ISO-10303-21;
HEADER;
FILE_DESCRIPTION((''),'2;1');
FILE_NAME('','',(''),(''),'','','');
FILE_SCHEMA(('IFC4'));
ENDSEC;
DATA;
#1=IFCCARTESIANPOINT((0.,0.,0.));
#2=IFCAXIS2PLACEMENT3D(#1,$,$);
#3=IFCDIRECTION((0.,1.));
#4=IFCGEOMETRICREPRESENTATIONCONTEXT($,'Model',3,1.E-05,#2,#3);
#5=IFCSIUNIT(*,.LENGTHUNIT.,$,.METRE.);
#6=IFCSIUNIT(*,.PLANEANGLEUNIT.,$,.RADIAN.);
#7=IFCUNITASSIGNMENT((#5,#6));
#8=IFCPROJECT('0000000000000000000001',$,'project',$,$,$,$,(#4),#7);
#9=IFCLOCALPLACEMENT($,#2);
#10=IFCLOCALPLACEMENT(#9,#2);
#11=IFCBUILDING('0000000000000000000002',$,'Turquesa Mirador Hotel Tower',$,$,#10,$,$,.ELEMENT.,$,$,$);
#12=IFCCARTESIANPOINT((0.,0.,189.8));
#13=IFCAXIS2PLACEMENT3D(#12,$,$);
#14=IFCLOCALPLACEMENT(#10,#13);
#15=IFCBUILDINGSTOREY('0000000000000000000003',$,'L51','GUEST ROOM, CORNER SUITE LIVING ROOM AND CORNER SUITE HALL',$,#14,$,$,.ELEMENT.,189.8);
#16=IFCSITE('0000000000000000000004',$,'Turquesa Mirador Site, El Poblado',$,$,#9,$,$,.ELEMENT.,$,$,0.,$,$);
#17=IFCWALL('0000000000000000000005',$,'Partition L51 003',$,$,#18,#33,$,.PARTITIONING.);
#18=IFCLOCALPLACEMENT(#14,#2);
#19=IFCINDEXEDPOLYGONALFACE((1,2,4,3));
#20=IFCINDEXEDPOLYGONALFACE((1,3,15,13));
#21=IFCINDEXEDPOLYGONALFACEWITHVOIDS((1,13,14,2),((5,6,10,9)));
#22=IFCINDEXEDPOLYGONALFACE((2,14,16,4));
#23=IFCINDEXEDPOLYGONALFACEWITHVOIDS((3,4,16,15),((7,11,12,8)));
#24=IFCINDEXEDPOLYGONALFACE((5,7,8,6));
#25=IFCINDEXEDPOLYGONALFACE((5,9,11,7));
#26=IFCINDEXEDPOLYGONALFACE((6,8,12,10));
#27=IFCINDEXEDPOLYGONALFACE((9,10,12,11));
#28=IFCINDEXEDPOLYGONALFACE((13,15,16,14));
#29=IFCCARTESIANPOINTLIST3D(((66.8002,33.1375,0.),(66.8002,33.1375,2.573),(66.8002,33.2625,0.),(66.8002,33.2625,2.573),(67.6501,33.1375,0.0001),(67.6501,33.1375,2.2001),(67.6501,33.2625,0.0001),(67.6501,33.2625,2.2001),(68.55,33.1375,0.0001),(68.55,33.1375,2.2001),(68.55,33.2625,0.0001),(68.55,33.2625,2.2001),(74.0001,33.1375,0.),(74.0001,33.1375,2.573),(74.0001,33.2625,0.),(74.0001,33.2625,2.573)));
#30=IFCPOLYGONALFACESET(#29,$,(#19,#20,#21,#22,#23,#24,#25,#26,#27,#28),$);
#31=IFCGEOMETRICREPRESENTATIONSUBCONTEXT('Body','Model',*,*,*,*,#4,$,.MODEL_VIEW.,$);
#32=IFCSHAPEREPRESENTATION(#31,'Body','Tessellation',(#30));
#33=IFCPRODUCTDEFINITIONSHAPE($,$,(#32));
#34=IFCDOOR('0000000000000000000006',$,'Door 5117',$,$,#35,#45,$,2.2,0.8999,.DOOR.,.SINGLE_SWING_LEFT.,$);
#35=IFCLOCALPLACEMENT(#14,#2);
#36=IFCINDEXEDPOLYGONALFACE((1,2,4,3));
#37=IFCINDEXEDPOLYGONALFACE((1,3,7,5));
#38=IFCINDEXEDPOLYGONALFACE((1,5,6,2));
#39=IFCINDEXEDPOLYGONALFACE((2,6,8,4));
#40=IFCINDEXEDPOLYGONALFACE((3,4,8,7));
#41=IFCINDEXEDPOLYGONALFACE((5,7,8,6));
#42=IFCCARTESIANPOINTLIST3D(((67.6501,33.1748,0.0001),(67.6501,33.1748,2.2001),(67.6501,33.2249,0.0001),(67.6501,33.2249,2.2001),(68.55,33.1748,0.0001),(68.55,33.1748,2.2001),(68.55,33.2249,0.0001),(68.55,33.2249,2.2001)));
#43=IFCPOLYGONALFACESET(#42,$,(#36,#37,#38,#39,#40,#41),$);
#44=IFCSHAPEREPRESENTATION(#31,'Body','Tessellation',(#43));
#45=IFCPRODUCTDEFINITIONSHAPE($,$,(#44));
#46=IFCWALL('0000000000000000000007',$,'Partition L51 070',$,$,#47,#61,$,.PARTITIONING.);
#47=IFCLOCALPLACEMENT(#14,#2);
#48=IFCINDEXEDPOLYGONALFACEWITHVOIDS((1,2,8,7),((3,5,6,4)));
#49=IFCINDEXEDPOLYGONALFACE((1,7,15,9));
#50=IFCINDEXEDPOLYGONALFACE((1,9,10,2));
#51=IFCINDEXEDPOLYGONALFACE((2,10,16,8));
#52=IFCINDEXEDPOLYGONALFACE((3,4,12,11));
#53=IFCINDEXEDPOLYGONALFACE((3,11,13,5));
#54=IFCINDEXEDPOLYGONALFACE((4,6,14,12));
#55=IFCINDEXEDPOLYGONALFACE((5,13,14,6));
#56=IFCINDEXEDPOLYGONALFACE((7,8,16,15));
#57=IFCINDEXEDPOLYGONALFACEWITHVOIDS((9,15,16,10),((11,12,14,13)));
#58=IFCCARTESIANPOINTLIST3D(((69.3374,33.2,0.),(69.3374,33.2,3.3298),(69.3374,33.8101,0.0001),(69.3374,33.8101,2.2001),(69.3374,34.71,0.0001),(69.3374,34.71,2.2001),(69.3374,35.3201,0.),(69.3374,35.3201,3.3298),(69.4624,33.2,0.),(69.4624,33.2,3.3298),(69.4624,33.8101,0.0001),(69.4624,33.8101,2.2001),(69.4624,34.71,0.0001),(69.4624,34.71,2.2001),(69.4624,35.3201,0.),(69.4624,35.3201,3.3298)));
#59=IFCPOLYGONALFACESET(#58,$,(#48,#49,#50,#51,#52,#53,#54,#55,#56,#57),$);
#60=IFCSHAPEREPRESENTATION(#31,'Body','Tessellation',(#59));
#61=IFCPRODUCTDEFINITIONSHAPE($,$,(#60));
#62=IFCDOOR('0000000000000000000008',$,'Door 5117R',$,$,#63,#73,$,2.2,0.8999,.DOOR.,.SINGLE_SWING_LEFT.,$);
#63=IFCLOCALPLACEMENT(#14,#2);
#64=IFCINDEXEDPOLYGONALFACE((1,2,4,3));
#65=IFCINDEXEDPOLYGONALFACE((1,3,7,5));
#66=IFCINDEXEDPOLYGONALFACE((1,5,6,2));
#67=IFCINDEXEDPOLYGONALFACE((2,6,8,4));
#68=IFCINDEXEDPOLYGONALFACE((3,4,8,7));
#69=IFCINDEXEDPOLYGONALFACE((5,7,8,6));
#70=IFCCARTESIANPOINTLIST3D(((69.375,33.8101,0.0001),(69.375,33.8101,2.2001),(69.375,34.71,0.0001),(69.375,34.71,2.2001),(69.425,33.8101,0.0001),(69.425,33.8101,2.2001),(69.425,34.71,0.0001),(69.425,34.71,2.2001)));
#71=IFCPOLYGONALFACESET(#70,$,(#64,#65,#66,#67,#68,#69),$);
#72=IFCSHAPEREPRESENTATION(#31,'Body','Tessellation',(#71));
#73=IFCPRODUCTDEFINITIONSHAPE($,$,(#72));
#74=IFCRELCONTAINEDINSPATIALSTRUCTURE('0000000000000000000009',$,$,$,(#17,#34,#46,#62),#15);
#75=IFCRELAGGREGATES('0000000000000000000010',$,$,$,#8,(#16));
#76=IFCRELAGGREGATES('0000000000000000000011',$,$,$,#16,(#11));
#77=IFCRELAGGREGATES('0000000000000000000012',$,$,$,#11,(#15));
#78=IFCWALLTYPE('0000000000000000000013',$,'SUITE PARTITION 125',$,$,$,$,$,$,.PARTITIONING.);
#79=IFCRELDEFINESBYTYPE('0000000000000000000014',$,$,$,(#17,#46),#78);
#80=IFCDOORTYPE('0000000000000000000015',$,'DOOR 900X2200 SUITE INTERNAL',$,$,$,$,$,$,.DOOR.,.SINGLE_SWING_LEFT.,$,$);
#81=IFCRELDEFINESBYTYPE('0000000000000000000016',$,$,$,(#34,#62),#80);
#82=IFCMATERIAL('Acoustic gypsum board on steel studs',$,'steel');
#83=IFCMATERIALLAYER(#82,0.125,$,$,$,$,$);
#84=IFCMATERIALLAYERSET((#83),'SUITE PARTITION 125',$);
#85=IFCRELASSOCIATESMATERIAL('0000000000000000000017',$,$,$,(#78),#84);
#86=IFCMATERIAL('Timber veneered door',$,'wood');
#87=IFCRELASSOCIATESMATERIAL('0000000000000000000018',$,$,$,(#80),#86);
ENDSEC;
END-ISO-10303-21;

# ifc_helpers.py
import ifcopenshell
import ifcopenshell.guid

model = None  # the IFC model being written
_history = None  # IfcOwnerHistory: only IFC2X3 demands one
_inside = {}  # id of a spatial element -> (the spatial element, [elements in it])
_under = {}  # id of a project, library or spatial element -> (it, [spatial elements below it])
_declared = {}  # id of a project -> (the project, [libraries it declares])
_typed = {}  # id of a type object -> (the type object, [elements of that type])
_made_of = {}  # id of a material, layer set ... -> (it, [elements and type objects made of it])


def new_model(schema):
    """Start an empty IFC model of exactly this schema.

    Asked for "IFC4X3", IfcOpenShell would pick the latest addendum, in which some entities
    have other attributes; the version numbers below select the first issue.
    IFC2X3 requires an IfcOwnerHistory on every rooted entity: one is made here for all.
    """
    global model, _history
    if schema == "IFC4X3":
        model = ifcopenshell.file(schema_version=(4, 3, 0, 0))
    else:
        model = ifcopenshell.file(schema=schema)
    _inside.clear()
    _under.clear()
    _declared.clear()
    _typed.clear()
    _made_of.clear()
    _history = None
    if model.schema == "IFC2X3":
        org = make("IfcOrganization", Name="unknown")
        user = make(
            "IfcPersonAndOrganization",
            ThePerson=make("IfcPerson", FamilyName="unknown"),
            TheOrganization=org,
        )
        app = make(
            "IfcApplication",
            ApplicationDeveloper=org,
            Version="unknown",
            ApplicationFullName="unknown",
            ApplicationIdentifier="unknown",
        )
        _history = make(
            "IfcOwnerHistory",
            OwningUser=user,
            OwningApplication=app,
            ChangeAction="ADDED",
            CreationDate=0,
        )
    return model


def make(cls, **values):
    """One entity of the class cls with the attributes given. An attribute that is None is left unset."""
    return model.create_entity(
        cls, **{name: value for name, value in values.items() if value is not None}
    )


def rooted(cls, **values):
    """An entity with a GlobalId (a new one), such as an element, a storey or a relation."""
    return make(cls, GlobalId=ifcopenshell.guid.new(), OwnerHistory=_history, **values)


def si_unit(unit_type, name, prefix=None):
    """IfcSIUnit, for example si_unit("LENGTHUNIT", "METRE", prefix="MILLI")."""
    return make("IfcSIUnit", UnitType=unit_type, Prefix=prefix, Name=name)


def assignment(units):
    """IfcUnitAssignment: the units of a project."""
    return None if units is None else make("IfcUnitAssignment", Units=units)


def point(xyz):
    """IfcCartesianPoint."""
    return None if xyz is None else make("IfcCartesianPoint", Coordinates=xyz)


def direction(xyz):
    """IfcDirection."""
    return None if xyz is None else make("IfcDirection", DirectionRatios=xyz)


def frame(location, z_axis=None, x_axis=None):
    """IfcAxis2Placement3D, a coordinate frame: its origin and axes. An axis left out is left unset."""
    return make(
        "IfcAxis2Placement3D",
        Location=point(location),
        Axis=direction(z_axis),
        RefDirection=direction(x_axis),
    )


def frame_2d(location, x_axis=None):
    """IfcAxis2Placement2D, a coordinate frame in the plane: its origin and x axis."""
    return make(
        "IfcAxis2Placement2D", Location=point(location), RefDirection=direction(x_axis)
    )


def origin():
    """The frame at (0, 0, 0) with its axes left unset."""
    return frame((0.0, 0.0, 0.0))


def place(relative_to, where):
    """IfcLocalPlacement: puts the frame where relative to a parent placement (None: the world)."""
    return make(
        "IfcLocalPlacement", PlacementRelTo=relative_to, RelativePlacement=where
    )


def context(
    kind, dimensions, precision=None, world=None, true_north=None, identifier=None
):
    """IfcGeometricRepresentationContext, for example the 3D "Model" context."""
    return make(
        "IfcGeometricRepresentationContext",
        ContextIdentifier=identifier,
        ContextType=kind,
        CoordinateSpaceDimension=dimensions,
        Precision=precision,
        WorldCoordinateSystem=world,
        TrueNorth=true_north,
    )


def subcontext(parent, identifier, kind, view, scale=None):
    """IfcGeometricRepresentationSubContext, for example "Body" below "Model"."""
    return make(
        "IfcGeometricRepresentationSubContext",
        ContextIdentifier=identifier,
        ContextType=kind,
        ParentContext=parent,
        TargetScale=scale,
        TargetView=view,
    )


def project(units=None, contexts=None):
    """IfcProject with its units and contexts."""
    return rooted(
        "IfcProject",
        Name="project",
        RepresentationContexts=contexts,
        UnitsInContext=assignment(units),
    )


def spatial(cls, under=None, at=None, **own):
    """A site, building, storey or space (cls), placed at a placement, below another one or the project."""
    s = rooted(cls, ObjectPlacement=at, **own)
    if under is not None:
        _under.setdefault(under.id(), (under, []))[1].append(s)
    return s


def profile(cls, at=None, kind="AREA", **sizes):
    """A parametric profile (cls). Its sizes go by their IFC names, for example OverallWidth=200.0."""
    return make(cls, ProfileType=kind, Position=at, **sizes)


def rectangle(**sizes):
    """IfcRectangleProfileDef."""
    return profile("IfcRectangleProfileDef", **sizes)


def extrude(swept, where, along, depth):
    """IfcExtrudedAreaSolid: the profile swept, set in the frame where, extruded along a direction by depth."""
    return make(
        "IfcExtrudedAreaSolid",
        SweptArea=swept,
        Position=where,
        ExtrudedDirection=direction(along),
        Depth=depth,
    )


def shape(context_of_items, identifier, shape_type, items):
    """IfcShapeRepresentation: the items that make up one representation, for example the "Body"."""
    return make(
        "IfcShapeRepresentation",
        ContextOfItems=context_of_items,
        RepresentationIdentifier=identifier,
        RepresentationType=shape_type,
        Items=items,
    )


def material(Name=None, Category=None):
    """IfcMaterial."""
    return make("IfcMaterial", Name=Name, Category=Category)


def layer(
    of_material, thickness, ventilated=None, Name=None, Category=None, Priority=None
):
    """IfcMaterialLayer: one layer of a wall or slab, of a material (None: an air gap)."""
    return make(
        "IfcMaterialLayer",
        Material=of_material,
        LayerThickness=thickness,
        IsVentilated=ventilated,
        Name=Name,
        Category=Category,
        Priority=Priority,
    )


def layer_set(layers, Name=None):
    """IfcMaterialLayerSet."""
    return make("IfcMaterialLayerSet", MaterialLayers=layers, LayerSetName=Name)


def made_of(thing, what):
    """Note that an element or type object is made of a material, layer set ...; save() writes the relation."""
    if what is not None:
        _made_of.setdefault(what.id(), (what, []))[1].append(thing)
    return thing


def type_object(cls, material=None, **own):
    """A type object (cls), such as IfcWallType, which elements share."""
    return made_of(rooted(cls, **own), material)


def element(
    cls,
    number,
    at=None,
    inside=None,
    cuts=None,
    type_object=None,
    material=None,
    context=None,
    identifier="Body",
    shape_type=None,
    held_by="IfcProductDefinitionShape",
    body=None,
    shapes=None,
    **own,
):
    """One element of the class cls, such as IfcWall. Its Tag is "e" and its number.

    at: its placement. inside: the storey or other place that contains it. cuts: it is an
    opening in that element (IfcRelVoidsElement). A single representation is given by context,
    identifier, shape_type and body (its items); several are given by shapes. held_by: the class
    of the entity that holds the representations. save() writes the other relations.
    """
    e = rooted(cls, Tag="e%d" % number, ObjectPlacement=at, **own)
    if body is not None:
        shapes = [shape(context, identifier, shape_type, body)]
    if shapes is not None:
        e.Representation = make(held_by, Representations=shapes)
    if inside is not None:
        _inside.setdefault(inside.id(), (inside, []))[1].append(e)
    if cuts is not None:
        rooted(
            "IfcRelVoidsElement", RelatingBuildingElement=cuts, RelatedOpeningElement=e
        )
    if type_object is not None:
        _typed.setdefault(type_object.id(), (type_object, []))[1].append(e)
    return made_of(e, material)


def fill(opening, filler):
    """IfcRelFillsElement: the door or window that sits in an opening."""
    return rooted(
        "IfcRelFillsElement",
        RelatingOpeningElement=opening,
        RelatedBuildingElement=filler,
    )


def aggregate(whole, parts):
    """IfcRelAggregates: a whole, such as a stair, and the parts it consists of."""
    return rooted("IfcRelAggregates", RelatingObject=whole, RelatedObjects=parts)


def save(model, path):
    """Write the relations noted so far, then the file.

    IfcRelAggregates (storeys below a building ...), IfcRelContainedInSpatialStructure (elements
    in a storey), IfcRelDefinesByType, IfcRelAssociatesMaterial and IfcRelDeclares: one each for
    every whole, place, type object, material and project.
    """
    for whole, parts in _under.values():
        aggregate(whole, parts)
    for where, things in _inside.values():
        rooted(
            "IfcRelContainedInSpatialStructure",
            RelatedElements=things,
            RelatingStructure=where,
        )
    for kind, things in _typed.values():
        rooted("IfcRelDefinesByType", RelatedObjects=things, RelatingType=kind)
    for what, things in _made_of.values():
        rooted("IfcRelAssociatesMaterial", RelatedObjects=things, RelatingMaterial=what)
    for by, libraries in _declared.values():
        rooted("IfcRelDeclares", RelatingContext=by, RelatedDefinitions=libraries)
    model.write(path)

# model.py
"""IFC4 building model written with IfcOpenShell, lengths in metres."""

from ifc_helpers import new_model, si_unit, direction, frame, frame_2d, origin, place, context, subcontext, project, spatial, rectangle, extrude, material, layer, layer_set, type_object, element, fill, save


model = new_model("IFC4")

# Units and contexts
model_context = context("Model", 3, precision=1e-05, world=origin(), true_north=direction((0.0, 1.0)))
body_context = subcontext(model_context, "Body", "Model", "MODEL_VIEW")
ifc_project = project(units=[si_unit("LENGTHUNIT", "METRE"), si_unit("PLANEANGLEUNIT", "RADIAN")], contexts=[model_context])

# Site, building, storey
site_placement = place(None, origin())
site = spatial("IfcSite", under=ifc_project, at=site_placement, Name="Turquesa Mirador Site, El Poblado", CompositionType="ELEMENT", RefElevation=0.0)
building_placement = place(site_placement, origin())
building = spatial("IfcBuilding", under=site, at=building_placement, Name="Turquesa Mirador Hotel Tower", CompositionType="ELEMENT")
storey_placement = place(building_placement, frame((0.0, 0.0, 189.8)))
storey = spatial("IfcBuildingStorey", under=building, at=storey_placement, Name="L51", Description="GUEST ROOM, CORNER SUITE LIVING ROOM AND CORNER SUITE HALL", CompositionType="ELEMENT", Elevation=189.8)

# Walls, openings, doors
ifc_material_1 = material(Name="Acoustic gypsum board on steel studs", Category="steel")
ifc_layer_1 = layer(ifc_material_1, 0.125)
ifc_layer_set_1 = layer_set([ifc_layer_1], Name="SUITE PARTITION 125")
wall_type_1 = type_object("IfcWallType", Name="SUITE PARTITION 125", PredefinedType="PARTITIONING", material=ifc_layer_set_1)
wall_1_placement = place(storey_placement, frame((66.8, 33.2, 0.0), z_axis=(0.0, 0.0, 1.0), x_axis=(1.0, 0.0, 0.0)))
wall_1 = element("IfcWall", 1, at=wall_1_placement, inside=storey, type_object=wall_type_1, Name="Partition L51 003", PredefinedType="PARTITIONING", context=body_context, shape_type="SweptSolid", body=[
    extrude(rectangle(XDim=7.2, YDim=0.125, at=frame_2d((3.6001, 0.0))), origin(), (0.0, 0.0, 1.0), 2.573),
])
opening_1_placement = place(wall_1_placement, frame((0.8501, 0.0, 0.0)))
opening_1 = element("IfcOpeningElement", 2, at=opening_1_placement, cuts=wall_1, PredefinedType="OPENING", context=body_context, shape_type="SweptSolid", body=[
    extrude(rectangle(XDim=0.8999, YDim=2.2, at=frame_2d((0.45, 1.1001))), frame((0.0, 0.0725, 0.0), z_axis=(0.0, -1.0, 0.0), x_axis=(1.0, 0.0, 0.0)), (0.0, 0.0, 1.0), 0.145),
])
ifc_material_2 = material(Name="Timber veneered door", Category="wood")
door_type_1 = type_object("IfcDoorType", Name="DOOR 900X2200 SUITE INTERNAL", OperationType="SINGLE_SWING_LEFT", PredefinedType="DOOR", material=ifc_material_2)
door_1_placement = place(opening_1_placement, origin())
door_1 = element("IfcDoor", 3, at=door_1_placement, inside=storey, type_object=door_type_1, Name="Door 5117", OperationType="SINGLE_SWING_LEFT", OverallHeight=2.2, OverallWidth=0.8999, PredefinedType="DOOR", context=body_context, shape_type="SweptSolid", body=[
    extrude(rectangle(XDim=0.8999, YDim=2.2, at=frame_2d((0.45, 1.1001))), frame((0.0, 0.0249, 0.0), z_axis=(0.0, -1.0, 0.0), x_axis=(1.0, 0.0, 0.0)), (0.0, 0.0, 1.0), 0.05),
])
fill(opening_1, door_1)
wall_2_placement = place(storey_placement, frame((69.3999, 33.2, 0.0), z_axis=(0.0, 0.0, 1.0), x_axis=(0.0, 1.0, 0.0)))
wall_2 = element("IfcWall", 4, at=wall_2_placement, inside=storey, type_object=wall_type_1, Name="Partition L51 070", PredefinedType="PARTITIONING", context=body_context, shape_type="SweptSolid", body=[
    extrude(rectangle(XDim=2.1201, YDim=0.125, at=frame_2d((1.0601, 0.0))), origin(), (0.0, 0.0, 1.0), 3.3298),
])
opening_2_placement = place(wall_2_placement, frame((0.6101, 0.0, 0.0)))
opening_2 = element("IfcOpeningElement", 5, at=opening_2_placement, cuts=wall_2, PredefinedType="OPENING", context=body_context, shape_type="SweptSolid", body=[
    extrude(rectangle(XDim=0.8999, YDim=2.2, at=frame_2d((0.45, 1.1001))), frame((0.0, 0.0725, 0.0), z_axis=(0.0, -1.0, 0.0), x_axis=(1.0, 0.0, 0.0)), (0.0, 0.0, 1.0), 0.145),
])
door_2_placement = place(opening_2_placement, origin())
door_2 = element("IfcDoor", 6, at=door_2_placement, inside=storey, type_object=door_type_1, Name="Door 5117R", OperationType="SINGLE_SWING_LEFT", OverallHeight=2.2, OverallWidth=0.8999, PredefinedType="DOOR", context=body_context, shape_type="SweptSolid", body=[
    extrude(rectangle(XDim=0.8999, YDim=2.2, at=frame_2d((0.45, 1.1001))), frame((0.0, 0.0249, 0.0), z_axis=(0.0, -1.0, 0.0), x_axis=(1.0, 0.0, 0.0)), (0.0, 0.0, 1.0), 0.05),
])
fill(opening_2, door_2)

save(model, "model.ifc")
